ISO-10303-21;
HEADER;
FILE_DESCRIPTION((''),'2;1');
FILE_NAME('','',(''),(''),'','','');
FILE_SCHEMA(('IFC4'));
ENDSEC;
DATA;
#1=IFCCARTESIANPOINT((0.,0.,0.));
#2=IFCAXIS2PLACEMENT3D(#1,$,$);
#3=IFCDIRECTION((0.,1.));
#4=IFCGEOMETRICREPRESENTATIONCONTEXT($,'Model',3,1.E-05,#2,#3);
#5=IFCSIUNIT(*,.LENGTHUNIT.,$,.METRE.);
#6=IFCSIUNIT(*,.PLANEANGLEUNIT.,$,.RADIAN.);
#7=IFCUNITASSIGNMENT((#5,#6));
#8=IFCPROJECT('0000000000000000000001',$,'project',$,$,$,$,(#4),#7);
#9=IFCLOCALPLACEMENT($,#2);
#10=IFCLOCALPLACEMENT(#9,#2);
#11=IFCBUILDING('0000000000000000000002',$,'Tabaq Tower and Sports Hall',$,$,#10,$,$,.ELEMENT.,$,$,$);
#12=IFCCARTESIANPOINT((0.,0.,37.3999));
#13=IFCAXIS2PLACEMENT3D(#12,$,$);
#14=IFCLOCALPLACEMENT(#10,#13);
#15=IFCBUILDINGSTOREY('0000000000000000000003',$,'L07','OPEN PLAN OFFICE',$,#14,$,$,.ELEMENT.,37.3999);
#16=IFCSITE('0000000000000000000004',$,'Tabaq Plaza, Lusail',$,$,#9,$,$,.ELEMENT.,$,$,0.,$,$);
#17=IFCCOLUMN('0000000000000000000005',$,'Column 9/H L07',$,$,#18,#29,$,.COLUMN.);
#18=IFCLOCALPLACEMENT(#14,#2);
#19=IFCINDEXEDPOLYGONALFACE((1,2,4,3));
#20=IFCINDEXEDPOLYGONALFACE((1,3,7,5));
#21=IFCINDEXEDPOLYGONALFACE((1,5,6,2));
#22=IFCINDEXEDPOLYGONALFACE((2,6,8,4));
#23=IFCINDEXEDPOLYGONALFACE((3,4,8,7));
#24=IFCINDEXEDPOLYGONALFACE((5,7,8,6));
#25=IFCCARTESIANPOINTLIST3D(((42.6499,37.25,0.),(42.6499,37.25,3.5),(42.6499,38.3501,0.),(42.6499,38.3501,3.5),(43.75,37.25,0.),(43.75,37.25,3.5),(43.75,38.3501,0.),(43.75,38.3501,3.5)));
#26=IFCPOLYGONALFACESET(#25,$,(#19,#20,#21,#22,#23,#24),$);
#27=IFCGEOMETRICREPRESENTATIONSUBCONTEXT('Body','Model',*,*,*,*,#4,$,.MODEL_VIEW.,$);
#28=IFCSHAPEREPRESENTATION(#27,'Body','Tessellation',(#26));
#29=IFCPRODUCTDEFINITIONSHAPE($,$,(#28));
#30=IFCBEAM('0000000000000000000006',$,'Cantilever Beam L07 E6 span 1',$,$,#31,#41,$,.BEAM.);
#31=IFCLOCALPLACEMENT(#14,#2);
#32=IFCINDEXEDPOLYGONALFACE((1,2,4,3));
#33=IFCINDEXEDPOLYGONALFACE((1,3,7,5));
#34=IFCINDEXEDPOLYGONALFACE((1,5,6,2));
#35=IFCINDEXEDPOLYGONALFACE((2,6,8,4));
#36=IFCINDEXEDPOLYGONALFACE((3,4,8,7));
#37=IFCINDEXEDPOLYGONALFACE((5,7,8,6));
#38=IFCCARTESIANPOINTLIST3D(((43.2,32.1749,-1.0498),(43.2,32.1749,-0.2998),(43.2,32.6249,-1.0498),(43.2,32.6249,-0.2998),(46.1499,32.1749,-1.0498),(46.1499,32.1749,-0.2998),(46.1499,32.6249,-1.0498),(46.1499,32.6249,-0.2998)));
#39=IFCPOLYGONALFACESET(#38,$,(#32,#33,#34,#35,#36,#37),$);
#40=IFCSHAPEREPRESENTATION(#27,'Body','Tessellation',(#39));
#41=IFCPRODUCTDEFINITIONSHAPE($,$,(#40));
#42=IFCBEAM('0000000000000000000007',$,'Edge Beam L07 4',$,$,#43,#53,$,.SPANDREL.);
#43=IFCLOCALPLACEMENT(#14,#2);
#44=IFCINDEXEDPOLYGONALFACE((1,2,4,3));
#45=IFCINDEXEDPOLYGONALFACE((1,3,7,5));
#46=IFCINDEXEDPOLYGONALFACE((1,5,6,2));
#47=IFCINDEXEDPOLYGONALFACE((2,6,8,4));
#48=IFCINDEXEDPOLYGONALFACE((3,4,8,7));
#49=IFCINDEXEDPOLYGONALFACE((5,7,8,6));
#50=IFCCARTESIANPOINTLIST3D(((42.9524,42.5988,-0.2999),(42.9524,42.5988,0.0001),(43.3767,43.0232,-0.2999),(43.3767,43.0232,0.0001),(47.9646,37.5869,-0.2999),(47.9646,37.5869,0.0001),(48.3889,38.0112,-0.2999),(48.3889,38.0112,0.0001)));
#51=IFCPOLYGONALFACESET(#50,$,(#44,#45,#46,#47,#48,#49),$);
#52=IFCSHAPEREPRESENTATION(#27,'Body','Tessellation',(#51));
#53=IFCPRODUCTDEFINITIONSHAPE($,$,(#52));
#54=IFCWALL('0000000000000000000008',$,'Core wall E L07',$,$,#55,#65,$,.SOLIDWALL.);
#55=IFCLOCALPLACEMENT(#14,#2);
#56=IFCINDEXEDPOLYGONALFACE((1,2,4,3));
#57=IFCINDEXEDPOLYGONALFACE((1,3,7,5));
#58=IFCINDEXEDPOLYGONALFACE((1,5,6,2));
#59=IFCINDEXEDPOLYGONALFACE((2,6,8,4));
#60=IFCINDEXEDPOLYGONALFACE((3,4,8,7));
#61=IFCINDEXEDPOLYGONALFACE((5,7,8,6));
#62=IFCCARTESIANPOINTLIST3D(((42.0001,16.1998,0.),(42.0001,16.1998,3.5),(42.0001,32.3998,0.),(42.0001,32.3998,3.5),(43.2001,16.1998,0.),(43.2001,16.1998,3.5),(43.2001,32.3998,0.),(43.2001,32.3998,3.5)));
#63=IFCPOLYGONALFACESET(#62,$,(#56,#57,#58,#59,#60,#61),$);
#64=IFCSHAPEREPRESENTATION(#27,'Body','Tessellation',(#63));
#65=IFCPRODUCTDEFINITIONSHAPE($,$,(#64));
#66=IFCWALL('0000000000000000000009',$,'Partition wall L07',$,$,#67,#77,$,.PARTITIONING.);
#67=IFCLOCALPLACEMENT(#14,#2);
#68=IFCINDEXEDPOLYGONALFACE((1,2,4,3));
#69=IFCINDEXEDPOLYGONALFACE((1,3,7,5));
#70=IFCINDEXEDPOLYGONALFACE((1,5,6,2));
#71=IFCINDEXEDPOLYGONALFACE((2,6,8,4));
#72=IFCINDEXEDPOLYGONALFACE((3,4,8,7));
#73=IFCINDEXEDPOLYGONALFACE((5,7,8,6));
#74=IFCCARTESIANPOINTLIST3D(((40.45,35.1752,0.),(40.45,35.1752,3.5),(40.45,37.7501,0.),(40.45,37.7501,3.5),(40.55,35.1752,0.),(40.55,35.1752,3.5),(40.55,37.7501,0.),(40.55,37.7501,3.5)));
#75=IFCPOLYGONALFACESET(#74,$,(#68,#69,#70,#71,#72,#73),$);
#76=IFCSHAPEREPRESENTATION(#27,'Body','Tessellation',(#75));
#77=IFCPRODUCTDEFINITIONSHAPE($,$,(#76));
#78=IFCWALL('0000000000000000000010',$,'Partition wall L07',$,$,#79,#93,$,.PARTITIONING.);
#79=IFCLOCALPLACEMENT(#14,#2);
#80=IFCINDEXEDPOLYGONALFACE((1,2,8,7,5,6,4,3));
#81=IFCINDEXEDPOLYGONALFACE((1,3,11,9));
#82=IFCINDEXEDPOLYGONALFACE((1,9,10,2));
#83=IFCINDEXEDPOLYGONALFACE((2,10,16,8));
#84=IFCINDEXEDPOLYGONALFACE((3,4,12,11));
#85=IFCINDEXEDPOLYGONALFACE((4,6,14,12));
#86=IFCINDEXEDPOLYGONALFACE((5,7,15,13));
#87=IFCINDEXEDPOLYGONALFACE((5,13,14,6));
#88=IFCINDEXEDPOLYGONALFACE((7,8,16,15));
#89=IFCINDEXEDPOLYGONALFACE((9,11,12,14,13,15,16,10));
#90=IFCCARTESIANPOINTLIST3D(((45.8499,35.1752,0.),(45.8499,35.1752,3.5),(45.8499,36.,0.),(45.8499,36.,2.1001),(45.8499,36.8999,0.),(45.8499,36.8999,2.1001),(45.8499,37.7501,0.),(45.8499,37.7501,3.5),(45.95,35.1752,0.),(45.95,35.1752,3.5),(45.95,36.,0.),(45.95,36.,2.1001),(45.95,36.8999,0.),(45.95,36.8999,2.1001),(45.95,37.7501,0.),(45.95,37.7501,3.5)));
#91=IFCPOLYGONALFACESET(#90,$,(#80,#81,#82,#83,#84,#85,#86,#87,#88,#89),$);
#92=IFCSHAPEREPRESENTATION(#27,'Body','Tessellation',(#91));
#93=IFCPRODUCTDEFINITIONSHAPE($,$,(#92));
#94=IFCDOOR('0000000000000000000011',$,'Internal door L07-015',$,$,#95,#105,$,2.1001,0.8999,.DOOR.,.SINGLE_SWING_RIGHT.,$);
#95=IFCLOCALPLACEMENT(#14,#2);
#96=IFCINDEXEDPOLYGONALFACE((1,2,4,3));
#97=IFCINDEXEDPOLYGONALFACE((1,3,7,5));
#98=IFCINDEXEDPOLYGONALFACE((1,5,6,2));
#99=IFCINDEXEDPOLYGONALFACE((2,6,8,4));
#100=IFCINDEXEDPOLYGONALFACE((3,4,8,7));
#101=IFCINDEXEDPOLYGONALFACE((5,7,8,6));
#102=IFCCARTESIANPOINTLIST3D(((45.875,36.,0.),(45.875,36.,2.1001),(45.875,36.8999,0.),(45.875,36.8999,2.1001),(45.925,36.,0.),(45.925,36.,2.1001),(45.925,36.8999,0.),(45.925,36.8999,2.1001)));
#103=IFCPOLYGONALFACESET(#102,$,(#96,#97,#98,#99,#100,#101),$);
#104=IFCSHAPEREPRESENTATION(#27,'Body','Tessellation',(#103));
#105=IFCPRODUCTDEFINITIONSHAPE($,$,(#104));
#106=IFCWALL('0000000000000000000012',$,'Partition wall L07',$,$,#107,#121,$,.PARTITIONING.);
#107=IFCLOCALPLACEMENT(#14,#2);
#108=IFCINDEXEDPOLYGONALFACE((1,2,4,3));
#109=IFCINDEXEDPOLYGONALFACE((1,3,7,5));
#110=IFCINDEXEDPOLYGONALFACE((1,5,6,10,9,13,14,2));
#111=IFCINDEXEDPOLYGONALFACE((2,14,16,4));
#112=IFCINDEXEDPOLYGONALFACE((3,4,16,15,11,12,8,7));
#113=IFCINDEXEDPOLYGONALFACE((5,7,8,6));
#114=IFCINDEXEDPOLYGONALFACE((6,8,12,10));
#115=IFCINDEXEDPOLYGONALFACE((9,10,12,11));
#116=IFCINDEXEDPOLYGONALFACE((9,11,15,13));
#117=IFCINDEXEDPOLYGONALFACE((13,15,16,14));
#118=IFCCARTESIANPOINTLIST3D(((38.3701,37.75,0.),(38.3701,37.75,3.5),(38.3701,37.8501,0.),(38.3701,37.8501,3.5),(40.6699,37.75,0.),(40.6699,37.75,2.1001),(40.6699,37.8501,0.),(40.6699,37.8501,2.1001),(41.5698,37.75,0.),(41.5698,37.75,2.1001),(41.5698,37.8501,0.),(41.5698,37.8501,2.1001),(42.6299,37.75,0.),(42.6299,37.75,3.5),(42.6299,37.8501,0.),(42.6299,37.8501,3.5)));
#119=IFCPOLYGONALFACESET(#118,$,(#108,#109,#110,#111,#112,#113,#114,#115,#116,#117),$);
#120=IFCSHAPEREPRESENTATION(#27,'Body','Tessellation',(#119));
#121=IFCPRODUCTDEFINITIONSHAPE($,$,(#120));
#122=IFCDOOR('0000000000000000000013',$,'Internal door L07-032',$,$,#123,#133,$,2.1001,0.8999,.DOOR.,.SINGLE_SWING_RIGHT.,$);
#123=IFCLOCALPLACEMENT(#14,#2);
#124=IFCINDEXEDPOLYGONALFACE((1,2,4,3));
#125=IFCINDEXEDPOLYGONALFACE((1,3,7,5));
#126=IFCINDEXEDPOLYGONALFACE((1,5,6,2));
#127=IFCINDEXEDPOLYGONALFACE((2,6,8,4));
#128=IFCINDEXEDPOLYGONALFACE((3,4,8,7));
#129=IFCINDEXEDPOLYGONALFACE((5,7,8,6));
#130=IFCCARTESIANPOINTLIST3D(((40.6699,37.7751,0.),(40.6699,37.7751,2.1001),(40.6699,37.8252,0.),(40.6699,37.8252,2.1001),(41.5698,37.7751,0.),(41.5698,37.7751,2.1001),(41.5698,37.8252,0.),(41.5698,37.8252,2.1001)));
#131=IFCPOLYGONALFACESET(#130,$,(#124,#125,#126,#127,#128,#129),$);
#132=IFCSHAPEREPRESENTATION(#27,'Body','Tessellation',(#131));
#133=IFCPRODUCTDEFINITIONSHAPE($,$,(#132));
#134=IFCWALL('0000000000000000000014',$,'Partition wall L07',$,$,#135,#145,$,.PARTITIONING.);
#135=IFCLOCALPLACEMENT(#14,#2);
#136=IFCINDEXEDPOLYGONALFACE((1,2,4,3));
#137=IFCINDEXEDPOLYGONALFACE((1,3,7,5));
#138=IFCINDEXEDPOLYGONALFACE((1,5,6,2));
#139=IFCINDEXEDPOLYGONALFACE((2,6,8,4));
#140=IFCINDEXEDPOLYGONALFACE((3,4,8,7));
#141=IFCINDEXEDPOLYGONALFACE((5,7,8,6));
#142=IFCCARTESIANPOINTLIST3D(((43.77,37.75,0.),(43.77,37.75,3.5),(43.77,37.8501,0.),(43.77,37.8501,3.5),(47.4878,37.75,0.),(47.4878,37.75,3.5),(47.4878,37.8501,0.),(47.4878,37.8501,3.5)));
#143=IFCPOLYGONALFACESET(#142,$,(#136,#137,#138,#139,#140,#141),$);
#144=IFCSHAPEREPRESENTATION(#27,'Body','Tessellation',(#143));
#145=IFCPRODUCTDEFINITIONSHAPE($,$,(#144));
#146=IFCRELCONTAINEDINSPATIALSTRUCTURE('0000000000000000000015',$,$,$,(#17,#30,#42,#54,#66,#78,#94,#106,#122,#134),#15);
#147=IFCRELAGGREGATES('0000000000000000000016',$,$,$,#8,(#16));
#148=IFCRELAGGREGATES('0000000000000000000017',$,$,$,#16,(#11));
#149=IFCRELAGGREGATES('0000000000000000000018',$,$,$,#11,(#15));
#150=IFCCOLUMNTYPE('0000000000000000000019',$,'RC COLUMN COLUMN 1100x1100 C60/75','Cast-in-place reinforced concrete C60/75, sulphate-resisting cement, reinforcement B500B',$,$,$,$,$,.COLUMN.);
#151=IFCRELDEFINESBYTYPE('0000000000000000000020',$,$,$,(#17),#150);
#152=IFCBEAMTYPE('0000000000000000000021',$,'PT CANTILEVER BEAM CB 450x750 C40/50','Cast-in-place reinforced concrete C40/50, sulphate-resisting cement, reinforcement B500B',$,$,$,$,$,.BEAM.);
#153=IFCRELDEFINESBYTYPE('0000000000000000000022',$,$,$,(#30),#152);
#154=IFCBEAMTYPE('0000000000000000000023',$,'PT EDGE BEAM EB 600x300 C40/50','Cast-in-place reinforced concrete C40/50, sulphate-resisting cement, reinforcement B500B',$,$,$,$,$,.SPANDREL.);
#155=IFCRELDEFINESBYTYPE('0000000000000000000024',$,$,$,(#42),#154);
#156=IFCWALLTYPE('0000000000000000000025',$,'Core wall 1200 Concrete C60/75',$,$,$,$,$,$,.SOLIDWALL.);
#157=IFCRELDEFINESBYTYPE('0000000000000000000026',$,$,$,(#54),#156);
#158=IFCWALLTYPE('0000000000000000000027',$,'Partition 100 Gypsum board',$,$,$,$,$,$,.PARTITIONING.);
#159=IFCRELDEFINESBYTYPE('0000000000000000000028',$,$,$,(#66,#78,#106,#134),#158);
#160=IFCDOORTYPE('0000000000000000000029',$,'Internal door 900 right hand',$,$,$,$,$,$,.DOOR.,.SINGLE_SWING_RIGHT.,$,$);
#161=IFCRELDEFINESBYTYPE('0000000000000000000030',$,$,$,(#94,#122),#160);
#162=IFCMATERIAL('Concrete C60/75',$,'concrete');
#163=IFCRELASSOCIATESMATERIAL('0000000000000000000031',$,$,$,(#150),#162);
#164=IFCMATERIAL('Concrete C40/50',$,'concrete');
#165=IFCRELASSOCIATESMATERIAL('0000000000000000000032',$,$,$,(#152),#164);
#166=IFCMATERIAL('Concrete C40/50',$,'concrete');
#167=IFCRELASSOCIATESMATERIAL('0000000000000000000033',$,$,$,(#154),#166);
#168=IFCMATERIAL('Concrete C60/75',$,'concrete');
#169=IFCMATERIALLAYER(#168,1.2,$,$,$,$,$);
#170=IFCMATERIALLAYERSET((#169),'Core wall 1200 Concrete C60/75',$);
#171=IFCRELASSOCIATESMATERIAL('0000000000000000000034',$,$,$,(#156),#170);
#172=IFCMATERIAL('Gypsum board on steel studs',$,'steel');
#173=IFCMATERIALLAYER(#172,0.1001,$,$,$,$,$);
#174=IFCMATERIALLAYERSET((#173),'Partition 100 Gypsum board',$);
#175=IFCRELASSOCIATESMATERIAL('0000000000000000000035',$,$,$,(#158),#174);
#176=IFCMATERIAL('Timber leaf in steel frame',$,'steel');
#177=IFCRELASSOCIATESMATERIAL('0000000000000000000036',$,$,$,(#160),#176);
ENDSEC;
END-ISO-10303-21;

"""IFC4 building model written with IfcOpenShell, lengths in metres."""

from ifc_helpers import new_model, si_unit, direction, frame, frame_2d, origin, origin_2d, place, context, subcontext, project, spatial, rectangle, extrude, material, layer, layer_set, material_profile, profile_set, type_object, element, fill, save


model = new_model("IFC4")

# Units and contexts
model_context = context("Model", 3, precision=1e-05, world=origin(), true_north=direction((0.0, 1.0)))
body_context = subcontext(model_context, "Body", "Model", "MODEL_VIEW")
ifc_project = project(units=[si_unit("LENGTHUNIT", "METRE"), si_unit("PLANEANGLEUNIT", "RADIAN")], contexts=[model_context])

# Site, building, storey
site_placement = place(None, origin())
site = spatial("IfcSite", under=ifc_project, at=site_placement, Name="Tabaq Plaza, Lusail", CompositionType="ELEMENT", RefElevation=0.0)
building_placement = place(site_placement, origin())
building = spatial("IfcBuilding", under=site, at=building_placement, Name="Tabaq Tower and Sports Hall", CompositionType="ELEMENT")
storey_placement = place(building_placement, frame((0.0, 0.0, 37.3999)))
storey = spatial("IfcBuildingStorey", under=building, at=storey_placement, Name="L07", Description="OPEN PLAN OFFICE", CompositionType="ELEMENT", Elevation=37.3999)

# Column
ifc_material_1 = material(Name="Concrete C60/75", Category="concrete")
ifc_material_profile_1 = material_profile(ifc_material_1, rectangle(XDim=1.1001, YDim=1.1001, at=origin_2d()), Name="COLUMN 1100x1100")
ifc_profile_set_1 = profile_set([ifc_material_profile_1], Name="Concrete C60/75")
column_type = type_object("IfcColumnType", Name="RC COLUMN COLUMN 1100x1100 C60/75", Description="Cast-in-place reinforced concrete C60/75, sulphate-resisting cement, reinforcement B500B", PredefinedType="COLUMN", material=ifc_profile_set_1)
column_placement = place(storey_placement, frame((43.2, 37.8, 0.0), z_axis=(0.0, 0.0, 1.0), x_axis=(1.0, 0.0, 0.0)))
element("IfcColumn", 1, at=column_placement, inside=storey, type_object=column_type, Name="Column 9/H L07", PredefinedType="COLUMN", context=body_context, shape_type="SweptSolid", body=[
    extrude(rectangle(XDim=1.1001, YDim=1.1001, at=origin_2d()), origin(), (0.0, 0.0, 1.0), 3.5),
])

# Beams
ifc_material_2 = material(Name="Concrete C40/50", Category="concrete")
ifc_material_profile_2 = material_profile(ifc_material_2, rectangle(XDim=0.45, YDim=0.75, at=origin_2d()), Name="CB 450x750")
ifc_profile_set_2 = profile_set([ifc_material_profile_2], Name="Concrete C40/50")
beam_type_1 = type_object("IfcBeamType", Name="PT CANTILEVER BEAM CB 450x750 C40/50", Description="Cast-in-place reinforced concrete C40/50, sulphate-resisting cement, reinforcement B500B", PredefinedType="BEAM", material=ifc_profile_set_2)
beam_1_placement = place(storey_placement, frame((46.1499, 32.3999, -0.6748), z_axis=(-1.0, 0.0, 0.0), x_axis=(0.0, -1.0, 0.0)))
element("IfcBeam", 2, at=beam_1_placement, inside=storey, type_object=beam_type_1, Name="Cantilever Beam L07 E6 span 1", PredefinedType="BEAM", context=body_context, shape_type="SweptSolid", body=[
    extrude(rectangle(XDim=0.45, YDim=0.75, at=origin_2d()), origin(), (0.0, 0.0, 1.0), 2.95),
])
ifc_material_3 = material(Name="Concrete C40/50", Category="concrete")
ifc_material_profile_3 = material_profile(ifc_material_3, rectangle(XDim=0.6001, YDim=0.3, at=origin_2d()), Name="EB 600x300")
ifc_profile_set_3 = profile_set([ifc_material_profile_3], Name="Concrete C40/50")
beam_type_2 = type_object("IfcBeamType", Name="PT EDGE BEAM EB 600x300 C40/50", Description="Cast-in-place reinforced concrete C40/50, sulphate-resisting cement, reinforcement B500B", PredefinedType="SPANDREL", material=ifc_profile_set_3)
beam_2_placement = place(storey_placement, frame((48.1768, 37.7991, -0.1499), z_axis=(-0.707124, 0.70709, 0.0), x_axis=(-0.70709, -0.707124, 0.0)))
element("IfcBeam", 3, at=beam_2_placement, inside=storey, type_object=beam_type_2, Name="Edge Beam L07 4", PredefinedType="SPANDREL", context=body_context, shape_type="SweptSolid", body=[
    extrude(rectangle(XDim=0.6001, YDim=0.3, at=origin_2d()), origin(), (0.0, 0.0, 1.0), 7.0881),
])

# Walls
ifc_material_4 = material(Name="Concrete C60/75", Category="concrete")
ifc_layer_1 = layer(ifc_material_4, 1.2)
ifc_layer_set_1 = layer_set([ifc_layer_1], Name="Core wall 1200 Concrete C60/75")
wall_type_1 = type_object("IfcWallType", Name="Core wall 1200 Concrete C60/75", PredefinedType="SOLIDWALL", material=ifc_layer_set_1)
wall_1_placement = place(storey_placement, frame((42.6001, 32.3999, 0.0), z_axis=(0.0, 0.0, 1.0), x_axis=(0.0, -1.0, 0.0)))
element("IfcWall", 4, at=wall_1_placement, inside=storey, type_object=wall_type_1, Name="Core wall E L07", PredefinedType="SOLIDWALL", context=body_context, shape_type="SweptSolid", body=[
    extrude(rectangle(XDim=16.2, YDim=1.2, at=frame_2d((8.1001, 0.0))), origin(), (0.0, 0.0, 1.0), 3.5),
])
ifc_material_5 = material(Name="Gypsum board on steel studs", Category="steel")
ifc_layer_2 = layer(ifc_material_5, 0.1001)
ifc_layer_set_2 = layer_set([ifc_layer_2], Name="Partition 100 Gypsum board")
wall_type_2 = type_object("IfcWallType", Name="Partition 100 Gypsum board", PredefinedType="PARTITIONING", material=ifc_layer_set_2)
wall_2_placement = place(storey_placement, frame((40.5, 35.175, 0.0), z_axis=(0.0, 0.0, 1.0), x_axis=(0.0, 1.0, 0.0)))
element("IfcWall", 5, at=wall_2_placement, inside=storey, type_object=wall_type_2, Name="Partition wall L07", PredefinedType="PARTITIONING", context=body_context, shape_type="SweptSolid", body=[
    extrude(rectangle(XDim=2.575, YDim=0.1001, at=frame_2d((1.2876, 0.0))), origin(), (0.0, 0.0, 1.0), 3.5),
])

# Walls, openings, doors
wall_3_placement = place(storey_placement, frame((45.8999, 35.175, 0.0), z_axis=(0.0, 0.0, 1.0), x_axis=(0.0, 1.0, 0.0)))
wall_3 = element("IfcWall", 6, at=wall_3_placement, inside=storey, type_object=wall_type_2, Name="Partition wall L07", PredefinedType="PARTITIONING", context=body_context, shape_type="SweptSolid", body=[
    extrude(rectangle(XDim=2.575, YDim=0.1001, at=frame_2d((1.2876, 0.0))), origin(), (0.0, 0.0, 1.0), 3.5),
])
opening_1_placement = place(wall_3_placement, frame((0.825, 0.0, 0.0)))
opening_1 = element("IfcOpeningElement", 7, at=opening_1_placement, cuts=wall_3, PredefinedType="OPENING", context=body_context, shape_type="SweptSolid", body=[
    extrude(rectangle(XDim=0.8999, YDim=2.1001, at=frame_2d((0.45, 1.05))), frame((0.0, 0.05, 0.0), z_axis=(0.0, -1.0, 0.0), x_axis=(1.0, 0.0, 0.0)), (0.0, 0.0, 1.0), 0.1001),
])
ifc_material_6 = material(Name="Timber leaf in steel frame", Category="steel")
door_type_1 = type_object("IfcDoorType", Name="Internal door 900 right hand", OperationType="SINGLE_SWING_RIGHT", PredefinedType="DOOR", material=ifc_material_6)
door_1_placement = place(opening_1_placement, origin())
door_1 = element("IfcDoor", 8, at=door_1_placement, inside=storey, type_object=door_type_1, Name="Internal door L07-015", OperationType="SINGLE_SWING_RIGHT", OverallHeight=2.1001, OverallWidth=0.8999, PredefinedType="DOOR", context=body_context, shape_type="SweptSolid", body=[
    extrude(rectangle(XDim=0.8999, YDim=2.1001, at=frame_2d((0.45, 1.05))), frame((0.0, 0.0249, 0.0), z_axis=(0.0, -1.0, 0.0), x_axis=(1.0, 0.0, 0.0)), (0.0, 0.0, 1.0), 0.05),
])
fill(opening_1, door_1)
wall_4_placement = place(storey_placement, frame((42.6299, 37.8, 0.0), z_axis=(0.0, 0.0, 1.0), x_axis=(-1.0, 0.0, 0.0)))
wall_4 = element("IfcWall", 9, at=wall_4_placement, inside=storey, type_object=wall_type_2, Name="Partition wall L07", PredefinedType="PARTITIONING", context=body_context, shape_type="SweptSolid", body=[
    extrude(rectangle(XDim=4.2598, YDim=0.1001, at=frame_2d((2.1299, 0.0))), origin(), (0.0, 0.0, 1.0), 3.5),
])
opening_2_placement = place(wall_4_placement, frame((1.0601, 0.0, 0.0)))
opening_2 = element("IfcOpeningElement", 10, at=opening_2_placement, cuts=wall_4, PredefinedType="OPENING", context=body_context, shape_type="SweptSolid", body=[
    extrude(rectangle(XDim=0.8999, YDim=2.1001, at=frame_2d((0.45, 1.05))), frame((0.0, 0.05, 0.0), z_axis=(0.0, -1.0, 0.0), x_axis=(1.0, 0.0, 0.0)), (0.0, 0.0, 1.0), 0.1001),
])
door_2_placement = place(opening_2_placement, origin())
door_2 = element("IfcDoor", 11, at=door_2_placement, inside=storey, type_object=door_type_1, Name="Internal door L07-032", OperationType="SINGLE_SWING_RIGHT", OverallHeight=2.1001, OverallWidth=0.8999, PredefinedType="DOOR", context=body_context, shape_type="SweptSolid", body=[
    extrude(rectangle(XDim=0.8999, YDim=2.1001, at=frame_2d((0.45, 1.05))), frame((0.0, 0.0249, 0.0), z_axis=(0.0, -1.0, 0.0), x_axis=(1.0, 0.0, 0.0)), (0.0, 0.0, 1.0), 0.05),
])
fill(opening_2, door_2)

# Wall
wall_5_placement = place(storey_placement, frame((47.4878, 37.8, 0.0), z_axis=(0.0, 0.0, 1.0), x_axis=(-1.0, 0.0, 0.0)))
element("IfcWall", 12, at=wall_5_placement, inside=storey, type_object=wall_type_2, Name="Partition wall L07", PredefinedType="PARTITIONING", context=body_context, shape_type="SweptSolid", body=[
    extrude(rectangle(XDim=3.7178, YDim=0.1001, at=frame_2d((1.8589, 0.0))), origin(), (0.0, 0.0, 1.0), 3.5),
])

save(model, "model.ifc")
